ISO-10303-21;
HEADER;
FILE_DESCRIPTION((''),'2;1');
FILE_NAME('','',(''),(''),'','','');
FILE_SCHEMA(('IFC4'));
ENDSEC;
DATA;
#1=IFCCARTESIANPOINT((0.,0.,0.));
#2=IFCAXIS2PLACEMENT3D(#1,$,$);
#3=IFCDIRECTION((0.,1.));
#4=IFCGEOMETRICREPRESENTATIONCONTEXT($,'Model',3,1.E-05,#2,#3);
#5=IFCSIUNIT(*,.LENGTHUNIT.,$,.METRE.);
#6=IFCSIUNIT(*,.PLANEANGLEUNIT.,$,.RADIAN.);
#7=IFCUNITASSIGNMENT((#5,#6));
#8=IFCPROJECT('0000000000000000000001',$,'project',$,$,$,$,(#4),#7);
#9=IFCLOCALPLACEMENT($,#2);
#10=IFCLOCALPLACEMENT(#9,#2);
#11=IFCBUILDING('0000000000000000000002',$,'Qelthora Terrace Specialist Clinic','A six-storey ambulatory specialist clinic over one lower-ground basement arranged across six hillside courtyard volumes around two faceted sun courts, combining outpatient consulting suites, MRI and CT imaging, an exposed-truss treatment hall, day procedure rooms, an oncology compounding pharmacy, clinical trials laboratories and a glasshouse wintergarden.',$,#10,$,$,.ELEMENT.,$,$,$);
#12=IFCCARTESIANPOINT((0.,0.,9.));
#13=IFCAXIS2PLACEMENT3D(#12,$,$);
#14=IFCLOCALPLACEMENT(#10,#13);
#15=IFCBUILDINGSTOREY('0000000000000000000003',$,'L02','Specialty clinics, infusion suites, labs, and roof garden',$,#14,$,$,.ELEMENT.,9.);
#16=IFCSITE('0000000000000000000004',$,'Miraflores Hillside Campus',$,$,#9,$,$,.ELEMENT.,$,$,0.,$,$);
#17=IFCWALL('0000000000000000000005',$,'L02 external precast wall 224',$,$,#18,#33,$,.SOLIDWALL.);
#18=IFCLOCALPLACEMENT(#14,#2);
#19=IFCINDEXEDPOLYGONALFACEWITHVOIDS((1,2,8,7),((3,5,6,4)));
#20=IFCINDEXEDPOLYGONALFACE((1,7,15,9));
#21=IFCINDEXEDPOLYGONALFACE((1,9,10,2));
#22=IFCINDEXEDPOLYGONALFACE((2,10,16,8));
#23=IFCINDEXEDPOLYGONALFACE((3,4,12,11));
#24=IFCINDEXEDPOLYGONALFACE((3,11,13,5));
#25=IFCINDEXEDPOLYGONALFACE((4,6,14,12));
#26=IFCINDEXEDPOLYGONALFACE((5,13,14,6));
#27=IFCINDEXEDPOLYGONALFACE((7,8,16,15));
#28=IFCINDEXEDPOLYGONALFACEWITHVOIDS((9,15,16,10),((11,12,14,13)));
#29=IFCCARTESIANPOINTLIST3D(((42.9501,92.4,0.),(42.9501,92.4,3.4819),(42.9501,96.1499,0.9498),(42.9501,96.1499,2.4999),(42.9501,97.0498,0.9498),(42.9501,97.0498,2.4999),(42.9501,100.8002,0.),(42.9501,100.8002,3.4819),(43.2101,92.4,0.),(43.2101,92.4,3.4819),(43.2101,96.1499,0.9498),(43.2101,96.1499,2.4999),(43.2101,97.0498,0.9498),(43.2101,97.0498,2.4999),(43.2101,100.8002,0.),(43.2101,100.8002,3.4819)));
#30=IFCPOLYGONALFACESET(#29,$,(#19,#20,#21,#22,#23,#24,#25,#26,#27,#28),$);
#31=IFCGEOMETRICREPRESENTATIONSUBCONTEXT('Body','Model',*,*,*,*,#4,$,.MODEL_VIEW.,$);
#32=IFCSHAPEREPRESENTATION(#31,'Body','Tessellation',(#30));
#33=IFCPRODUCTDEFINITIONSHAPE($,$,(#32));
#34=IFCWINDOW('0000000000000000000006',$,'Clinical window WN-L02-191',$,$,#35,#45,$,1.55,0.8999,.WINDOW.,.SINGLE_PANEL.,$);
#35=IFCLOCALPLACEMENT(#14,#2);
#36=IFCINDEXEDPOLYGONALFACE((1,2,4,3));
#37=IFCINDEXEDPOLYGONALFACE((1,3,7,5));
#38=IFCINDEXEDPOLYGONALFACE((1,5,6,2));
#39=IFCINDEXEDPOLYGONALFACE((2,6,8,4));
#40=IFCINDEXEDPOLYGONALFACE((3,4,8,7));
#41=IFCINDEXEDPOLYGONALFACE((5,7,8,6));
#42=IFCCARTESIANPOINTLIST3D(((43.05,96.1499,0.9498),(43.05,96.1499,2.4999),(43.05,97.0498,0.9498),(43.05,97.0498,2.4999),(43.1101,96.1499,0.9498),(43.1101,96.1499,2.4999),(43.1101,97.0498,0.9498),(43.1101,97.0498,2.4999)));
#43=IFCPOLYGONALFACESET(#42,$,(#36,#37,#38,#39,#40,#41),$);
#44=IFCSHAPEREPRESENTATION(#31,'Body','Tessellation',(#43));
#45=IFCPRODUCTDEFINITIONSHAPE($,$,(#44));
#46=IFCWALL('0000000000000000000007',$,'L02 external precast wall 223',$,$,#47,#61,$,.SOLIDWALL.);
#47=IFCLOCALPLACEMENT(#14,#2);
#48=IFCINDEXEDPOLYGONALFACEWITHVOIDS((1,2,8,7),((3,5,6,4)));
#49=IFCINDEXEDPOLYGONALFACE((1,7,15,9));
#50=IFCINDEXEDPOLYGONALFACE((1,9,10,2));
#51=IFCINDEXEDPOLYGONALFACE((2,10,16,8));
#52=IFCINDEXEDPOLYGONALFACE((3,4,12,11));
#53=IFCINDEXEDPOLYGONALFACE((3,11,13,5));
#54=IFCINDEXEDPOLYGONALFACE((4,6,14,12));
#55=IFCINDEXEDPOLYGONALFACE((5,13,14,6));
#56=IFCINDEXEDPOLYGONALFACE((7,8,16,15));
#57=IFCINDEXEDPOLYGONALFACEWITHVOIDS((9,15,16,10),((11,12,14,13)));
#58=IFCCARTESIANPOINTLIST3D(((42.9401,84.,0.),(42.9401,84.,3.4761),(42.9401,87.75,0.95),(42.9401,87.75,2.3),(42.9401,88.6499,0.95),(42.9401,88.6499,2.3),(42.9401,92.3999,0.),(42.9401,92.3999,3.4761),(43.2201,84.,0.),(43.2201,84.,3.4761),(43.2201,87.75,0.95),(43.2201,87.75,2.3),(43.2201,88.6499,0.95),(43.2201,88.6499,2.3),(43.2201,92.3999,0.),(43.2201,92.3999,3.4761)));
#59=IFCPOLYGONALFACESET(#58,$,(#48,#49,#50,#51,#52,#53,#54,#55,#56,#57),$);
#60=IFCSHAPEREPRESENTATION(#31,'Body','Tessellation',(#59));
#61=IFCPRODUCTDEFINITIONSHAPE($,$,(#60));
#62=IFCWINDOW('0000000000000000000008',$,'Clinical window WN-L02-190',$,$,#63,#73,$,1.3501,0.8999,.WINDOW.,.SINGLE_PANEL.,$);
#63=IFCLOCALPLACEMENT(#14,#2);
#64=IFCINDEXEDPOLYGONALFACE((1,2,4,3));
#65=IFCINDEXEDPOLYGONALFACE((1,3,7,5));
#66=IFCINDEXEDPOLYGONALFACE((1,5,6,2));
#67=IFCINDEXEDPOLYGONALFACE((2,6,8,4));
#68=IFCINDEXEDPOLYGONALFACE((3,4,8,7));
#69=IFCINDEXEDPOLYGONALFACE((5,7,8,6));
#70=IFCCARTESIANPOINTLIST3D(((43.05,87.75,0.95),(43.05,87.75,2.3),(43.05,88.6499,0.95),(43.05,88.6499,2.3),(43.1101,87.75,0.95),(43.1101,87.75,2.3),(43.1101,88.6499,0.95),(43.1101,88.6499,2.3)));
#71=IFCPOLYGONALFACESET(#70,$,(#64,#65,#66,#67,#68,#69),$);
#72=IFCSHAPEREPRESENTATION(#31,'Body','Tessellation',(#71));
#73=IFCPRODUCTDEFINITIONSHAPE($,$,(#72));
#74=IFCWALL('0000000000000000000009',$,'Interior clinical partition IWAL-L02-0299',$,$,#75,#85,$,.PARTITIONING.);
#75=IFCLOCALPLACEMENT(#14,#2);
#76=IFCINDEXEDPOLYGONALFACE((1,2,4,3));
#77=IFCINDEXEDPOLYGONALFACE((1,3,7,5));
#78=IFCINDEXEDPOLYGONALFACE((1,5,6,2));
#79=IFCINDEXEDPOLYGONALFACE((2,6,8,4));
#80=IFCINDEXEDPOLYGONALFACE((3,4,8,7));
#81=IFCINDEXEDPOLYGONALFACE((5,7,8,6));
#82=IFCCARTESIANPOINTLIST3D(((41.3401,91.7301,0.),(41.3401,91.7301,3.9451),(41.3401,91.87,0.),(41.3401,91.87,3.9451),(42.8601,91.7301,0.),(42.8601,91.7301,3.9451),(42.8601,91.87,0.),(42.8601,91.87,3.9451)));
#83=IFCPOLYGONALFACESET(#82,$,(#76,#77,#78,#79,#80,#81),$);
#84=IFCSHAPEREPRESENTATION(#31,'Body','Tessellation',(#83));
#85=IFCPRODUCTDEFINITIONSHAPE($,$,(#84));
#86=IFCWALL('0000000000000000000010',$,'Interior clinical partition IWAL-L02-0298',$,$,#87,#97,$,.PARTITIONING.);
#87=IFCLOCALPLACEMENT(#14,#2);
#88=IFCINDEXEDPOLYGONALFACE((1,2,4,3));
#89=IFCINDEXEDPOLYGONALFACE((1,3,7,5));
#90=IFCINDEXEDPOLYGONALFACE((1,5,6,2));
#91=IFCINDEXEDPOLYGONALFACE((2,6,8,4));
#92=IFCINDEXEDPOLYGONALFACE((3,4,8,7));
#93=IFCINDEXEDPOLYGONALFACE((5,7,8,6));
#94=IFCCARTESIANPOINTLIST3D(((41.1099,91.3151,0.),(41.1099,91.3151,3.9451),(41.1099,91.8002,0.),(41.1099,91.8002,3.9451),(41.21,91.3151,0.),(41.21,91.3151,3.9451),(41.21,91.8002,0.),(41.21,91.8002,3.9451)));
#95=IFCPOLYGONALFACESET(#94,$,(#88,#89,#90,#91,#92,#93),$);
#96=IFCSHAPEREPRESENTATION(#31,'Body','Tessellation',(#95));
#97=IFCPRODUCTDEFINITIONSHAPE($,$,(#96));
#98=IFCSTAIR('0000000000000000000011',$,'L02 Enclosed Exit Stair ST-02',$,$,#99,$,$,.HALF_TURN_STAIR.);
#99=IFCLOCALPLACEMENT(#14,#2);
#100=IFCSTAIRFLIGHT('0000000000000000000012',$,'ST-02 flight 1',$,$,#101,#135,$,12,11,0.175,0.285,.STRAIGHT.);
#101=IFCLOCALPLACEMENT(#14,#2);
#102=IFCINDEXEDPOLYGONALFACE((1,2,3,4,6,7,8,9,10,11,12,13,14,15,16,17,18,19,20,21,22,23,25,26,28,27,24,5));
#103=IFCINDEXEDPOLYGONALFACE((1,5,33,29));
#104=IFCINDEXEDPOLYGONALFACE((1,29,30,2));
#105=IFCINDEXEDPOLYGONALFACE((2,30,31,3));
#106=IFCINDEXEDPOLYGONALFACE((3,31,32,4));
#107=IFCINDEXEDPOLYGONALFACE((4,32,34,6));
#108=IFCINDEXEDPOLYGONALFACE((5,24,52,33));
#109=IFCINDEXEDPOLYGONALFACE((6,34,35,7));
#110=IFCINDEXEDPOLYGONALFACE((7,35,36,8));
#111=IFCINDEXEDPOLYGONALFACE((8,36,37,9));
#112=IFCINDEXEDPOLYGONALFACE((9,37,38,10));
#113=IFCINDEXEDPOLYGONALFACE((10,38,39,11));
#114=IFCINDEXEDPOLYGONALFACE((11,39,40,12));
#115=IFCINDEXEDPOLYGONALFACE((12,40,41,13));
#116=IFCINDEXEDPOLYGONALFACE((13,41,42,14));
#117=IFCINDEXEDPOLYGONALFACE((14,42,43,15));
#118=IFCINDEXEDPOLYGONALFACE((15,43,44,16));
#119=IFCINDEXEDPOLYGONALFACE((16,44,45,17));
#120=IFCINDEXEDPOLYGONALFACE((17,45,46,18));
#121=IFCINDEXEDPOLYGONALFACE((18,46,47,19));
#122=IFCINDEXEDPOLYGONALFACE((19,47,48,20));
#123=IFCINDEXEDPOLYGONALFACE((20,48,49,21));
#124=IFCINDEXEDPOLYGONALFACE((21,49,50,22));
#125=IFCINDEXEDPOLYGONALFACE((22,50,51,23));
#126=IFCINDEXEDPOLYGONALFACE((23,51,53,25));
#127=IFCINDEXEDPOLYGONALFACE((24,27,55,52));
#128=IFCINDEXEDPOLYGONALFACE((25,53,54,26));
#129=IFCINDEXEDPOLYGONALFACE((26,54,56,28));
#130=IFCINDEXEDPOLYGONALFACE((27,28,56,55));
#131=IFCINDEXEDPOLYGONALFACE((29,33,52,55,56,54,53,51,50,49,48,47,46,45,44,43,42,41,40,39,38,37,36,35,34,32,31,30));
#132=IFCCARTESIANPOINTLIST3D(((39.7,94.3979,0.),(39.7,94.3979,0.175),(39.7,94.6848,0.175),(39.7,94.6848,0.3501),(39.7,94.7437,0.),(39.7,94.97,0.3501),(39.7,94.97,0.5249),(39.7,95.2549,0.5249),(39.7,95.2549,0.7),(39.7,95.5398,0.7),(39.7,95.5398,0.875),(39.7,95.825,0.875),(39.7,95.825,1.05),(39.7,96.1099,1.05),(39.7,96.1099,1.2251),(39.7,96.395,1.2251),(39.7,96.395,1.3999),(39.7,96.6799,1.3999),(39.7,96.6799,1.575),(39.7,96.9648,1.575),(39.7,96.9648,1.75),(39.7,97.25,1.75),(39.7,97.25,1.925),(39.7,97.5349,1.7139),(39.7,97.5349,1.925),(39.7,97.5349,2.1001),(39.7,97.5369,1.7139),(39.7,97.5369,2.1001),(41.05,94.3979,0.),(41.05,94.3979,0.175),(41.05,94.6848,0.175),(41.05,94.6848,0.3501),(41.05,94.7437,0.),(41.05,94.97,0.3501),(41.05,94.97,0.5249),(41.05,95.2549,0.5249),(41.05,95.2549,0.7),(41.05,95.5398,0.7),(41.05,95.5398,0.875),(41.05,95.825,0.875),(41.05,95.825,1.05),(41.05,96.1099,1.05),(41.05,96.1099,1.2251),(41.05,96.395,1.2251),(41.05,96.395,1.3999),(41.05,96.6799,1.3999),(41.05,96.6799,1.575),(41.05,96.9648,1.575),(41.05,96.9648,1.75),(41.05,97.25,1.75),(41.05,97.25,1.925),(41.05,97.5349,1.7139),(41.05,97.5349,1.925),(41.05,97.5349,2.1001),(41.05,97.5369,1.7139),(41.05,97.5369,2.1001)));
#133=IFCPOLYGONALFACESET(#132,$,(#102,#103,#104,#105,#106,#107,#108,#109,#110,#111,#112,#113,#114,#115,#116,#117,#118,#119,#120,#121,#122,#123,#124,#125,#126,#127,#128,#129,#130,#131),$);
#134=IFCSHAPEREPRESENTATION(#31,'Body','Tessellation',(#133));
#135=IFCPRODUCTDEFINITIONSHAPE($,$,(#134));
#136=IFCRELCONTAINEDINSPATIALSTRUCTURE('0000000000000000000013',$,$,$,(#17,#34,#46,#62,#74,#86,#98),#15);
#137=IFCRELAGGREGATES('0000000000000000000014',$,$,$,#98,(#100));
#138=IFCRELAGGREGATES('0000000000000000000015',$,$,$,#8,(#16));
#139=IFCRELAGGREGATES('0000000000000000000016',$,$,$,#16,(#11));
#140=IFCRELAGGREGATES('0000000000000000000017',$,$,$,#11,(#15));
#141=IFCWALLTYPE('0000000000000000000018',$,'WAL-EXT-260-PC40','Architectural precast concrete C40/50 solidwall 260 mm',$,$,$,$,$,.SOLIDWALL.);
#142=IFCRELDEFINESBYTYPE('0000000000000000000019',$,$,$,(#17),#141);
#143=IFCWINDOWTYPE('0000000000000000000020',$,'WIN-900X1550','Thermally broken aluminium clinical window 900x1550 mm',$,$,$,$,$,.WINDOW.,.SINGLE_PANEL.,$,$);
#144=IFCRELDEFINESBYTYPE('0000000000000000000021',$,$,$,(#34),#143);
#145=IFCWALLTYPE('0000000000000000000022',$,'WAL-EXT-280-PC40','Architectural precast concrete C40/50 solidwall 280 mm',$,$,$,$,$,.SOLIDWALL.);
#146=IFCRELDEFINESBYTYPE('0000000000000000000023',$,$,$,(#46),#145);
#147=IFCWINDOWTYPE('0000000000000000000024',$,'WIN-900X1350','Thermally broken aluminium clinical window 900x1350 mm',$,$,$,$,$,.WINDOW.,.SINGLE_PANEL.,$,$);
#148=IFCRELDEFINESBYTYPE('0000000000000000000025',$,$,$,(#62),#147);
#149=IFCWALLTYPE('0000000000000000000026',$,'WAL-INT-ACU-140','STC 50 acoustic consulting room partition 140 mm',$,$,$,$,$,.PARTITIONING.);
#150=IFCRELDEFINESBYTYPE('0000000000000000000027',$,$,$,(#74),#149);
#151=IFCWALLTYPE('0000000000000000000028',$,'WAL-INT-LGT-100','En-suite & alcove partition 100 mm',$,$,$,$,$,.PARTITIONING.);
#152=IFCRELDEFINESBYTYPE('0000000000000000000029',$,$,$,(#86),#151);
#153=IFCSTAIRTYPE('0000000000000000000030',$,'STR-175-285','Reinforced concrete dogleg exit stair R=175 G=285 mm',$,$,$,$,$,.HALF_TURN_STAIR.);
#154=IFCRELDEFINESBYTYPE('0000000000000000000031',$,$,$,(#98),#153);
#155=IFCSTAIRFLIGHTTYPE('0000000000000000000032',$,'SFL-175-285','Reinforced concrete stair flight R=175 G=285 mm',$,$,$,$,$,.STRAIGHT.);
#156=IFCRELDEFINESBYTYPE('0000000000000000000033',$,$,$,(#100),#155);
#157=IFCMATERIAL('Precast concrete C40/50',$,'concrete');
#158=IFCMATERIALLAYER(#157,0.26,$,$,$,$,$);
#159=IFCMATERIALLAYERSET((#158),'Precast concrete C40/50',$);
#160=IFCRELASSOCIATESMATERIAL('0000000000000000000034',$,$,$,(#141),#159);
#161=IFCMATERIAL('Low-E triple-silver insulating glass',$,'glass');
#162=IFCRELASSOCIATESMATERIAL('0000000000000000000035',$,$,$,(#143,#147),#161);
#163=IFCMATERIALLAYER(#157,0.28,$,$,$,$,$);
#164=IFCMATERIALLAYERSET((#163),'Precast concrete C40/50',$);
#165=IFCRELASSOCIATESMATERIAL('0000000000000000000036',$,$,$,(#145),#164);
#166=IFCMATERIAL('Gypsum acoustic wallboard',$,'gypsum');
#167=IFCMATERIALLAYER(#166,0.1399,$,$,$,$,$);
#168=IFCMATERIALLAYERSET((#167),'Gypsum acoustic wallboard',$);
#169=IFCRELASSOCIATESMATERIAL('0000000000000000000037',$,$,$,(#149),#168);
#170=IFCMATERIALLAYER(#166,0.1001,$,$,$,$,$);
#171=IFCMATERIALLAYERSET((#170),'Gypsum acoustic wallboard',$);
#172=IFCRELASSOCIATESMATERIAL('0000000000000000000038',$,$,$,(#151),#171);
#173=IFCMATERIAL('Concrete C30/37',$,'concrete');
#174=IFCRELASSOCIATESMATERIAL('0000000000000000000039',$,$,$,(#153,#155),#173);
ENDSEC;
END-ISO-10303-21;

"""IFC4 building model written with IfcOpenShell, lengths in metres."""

from ifc_helpers import new_model, si_unit, direction, frame, frame_2d, origin, place, context, subcontext, project, spatial, polyline, rectangle, outline, extrude, material, layer, layer_set, type_object, element, fill, aggregate, save


model = new_model("IFC4")

# Units and contexts
model_context = context("Model", 3, precision=1e-05, world=origin(), true_north=direction((0.0, 1.0)))
body_context = subcontext(model_context, "Body", "Model", "MODEL_VIEW")
ifc_project = project(units=[si_unit("LENGTHUNIT", "METRE"), si_unit("PLANEANGLEUNIT", "RADIAN")], contexts=[model_context])

# Site, building, storey
site_placement = place(None, origin())
site = spatial("IfcSite", under=ifc_project, at=site_placement, Name="Miraflores Hillside Campus", CompositionType="ELEMENT", RefElevation=0.0)
building_placement = place(site_placement, origin())
building = spatial("IfcBuilding", under=site, at=building_placement, Name="Qelthora Terrace Specialist Clinic", Description="A six-storey ambulatory specialist clinic over one lower-ground basement arranged across six hillside courtyard volumes around two faceted sun courts, combining outpatient consulting suites, MRI and CT imaging, an exposed-truss treatment hall, day procedure rooms, an oncology compounding pharmacy, clinical trials laboratories and a glasshouse wintergarden.", CompositionType="ELEMENT")
storey_placement = place(building_placement, frame((0.0, 0.0, 9.0)))
storey = spatial("IfcBuildingStorey", under=building, at=storey_placement, Name="L02", Description="Specialty clinics, infusion suites, labs, and roof garden", CompositionType="ELEMENT", Elevation=9.0)

# Walls, openings, windows
ifc_material_1 = material(Name="Precast concrete C40/50", Category="concrete")
ifc_layer_1 = layer(ifc_material_1, 0.26)
ifc_layer_set_1 = layer_set([ifc_layer_1], Name="Precast concrete C40/50")
wall_type_1 = type_object("IfcWallType", Name="WAL-EXT-260-PC40", Description="Architectural precast concrete C40/50 solidwall 260 mm", PredefinedType="SOLIDWALL", material=ifc_layer_set_1)
wall_1_placement = place(storey_placement, frame((43.0801, 92.3999, 0.0), z_axis=(0.0, 0.0, 1.0), x_axis=(0.0, 1.0, 0.0)))
wall_1 = element("IfcWall", 1, at=wall_1_placement, inside=storey, type_object=wall_type_1, Name="L02 external precast wall 224", PredefinedType="SOLIDWALL", context=body_context, shape_type="SweptSolid", body=[
    extrude(rectangle(XDim=8.4001, YDim=0.26, at=frame_2d((4.2002, 0.0))), origin(), (0.0, 0.0, 1.0), 3.4819),
])
opening_1_placement = place(wall_1_placement, frame((3.75, 0.0, 0.95)))
opening_1 = element("IfcOpeningElement", 2, at=opening_1_placement, cuts=wall_1, PredefinedType="OPENING", context=body_context, shape_type="SweptSolid", body=[
    extrude(rectangle(XDim=0.8999, YDim=1.55, at=frame_2d((0.45, 0.7749))), frame((0.0, 0.1399, 0.0), z_axis=(0.0, -1.0, 0.0), x_axis=(1.0, 0.0, 0.0)), (0.0, 0.0, 1.0), 0.28),
])
ifc_material_2 = material(Name="Low-E triple-silver insulating glass", Category="glass")
window_type_1 = type_object("IfcWindowType", Name="WIN-900X1550", Description="Thermally broken aluminium clinical window 900x1550 mm", PartitioningType="SINGLE_PANEL", PredefinedType="WINDOW", material=ifc_material_2)
window_1_placement = place(opening_1_placement, origin())
window_1 = element("IfcWindow", 3, at=window_1_placement, inside=storey, type_object=window_type_1, Name="Clinical window WN-L02-191", OverallHeight=1.55, OverallWidth=0.8999, PartitioningType="SINGLE_PANEL", PredefinedType="WINDOW", context=body_context, shape_type="SweptSolid", body=[
    extrude(rectangle(XDim=0.8999, YDim=1.55, at=frame_2d((0.45, 0.7749))), frame((0.0, 0.03, 0.0), z_axis=(0.0, -1.0, 0.0), x_axis=(1.0, 0.0, 0.0)), (0.0, 0.0, 1.0), 0.0601),
])
fill(opening_1, window_1)
ifc_layer_2 = layer(ifc_material_1, 0.28)
ifc_layer_set_2 = layer_set([ifc_layer_2], Name="Precast concrete C40/50")
wall_type_2 = type_object("IfcWallType", Name="WAL-EXT-280-PC40", Description="Architectural precast concrete C40/50 solidwall 280 mm", PredefinedType="SOLIDWALL", material=ifc_layer_set_2)
wall_2_placement = place(storey_placement, frame((43.0801, 84.0, 0.0), z_axis=(0.0, 0.0, 1.0), x_axis=(0.0, 1.0, 0.0)))
wall_2 = element("IfcWall", 4, at=wall_2_placement, inside=storey, type_object=wall_type_2, Name="L02 external precast wall 223", PredefinedType="SOLIDWALL", context=body_context, shape_type="SweptSolid", body=[
    extrude(rectangle(XDim=8.3999, YDim=0.28, at=frame_2d((4.2, 0.0))), origin(), (0.0, 0.0, 1.0), 3.4761),
])
opening_2_placement = place(wall_2_placement, frame((3.75, 0.0, 0.95)))
opening_2 = element("IfcOpeningElement", 5, at=opening_2_placement, cuts=wall_2, PredefinedType="OPENING", context=body_context, shape_type="SweptSolid", body=[
    extrude(rectangle(XDim=0.8999, YDim=1.3501, at=frame_2d((0.45, 0.675))), frame((0.0, 0.1499, 0.0), z_axis=(0.0, -1.0, 0.0), x_axis=(1.0, 0.0, 0.0)), (0.0, 0.0, 1.0), 0.3),
])
window_type_2 = type_object("IfcWindowType", Name="WIN-900X1350", Description="Thermally broken aluminium clinical window 900x1350 mm", PartitioningType="SINGLE_PANEL", PredefinedType="WINDOW", material=ifc_material_2)
window_2_placement = place(opening_2_placement, origin())
window_2 = element("IfcWindow", 6, at=window_2_placement, inside=storey, type_object=window_type_2, Name="Clinical window WN-L02-190", OverallHeight=1.3501, OverallWidth=0.8999, PartitioningType="SINGLE_PANEL", PredefinedType="WINDOW", context=body_context, shape_type="SweptSolid", body=[
    extrude(rectangle(XDim=0.8999, YDim=1.3501, at=frame_2d((0.45, 0.675))), frame((0.0, 0.03, 0.0), z_axis=(0.0, -1.0, 0.0), x_axis=(1.0, 0.0, 0.0)), (0.0, 0.0, 1.0), 0.0601),
])
fill(opening_2, window_2)

# Walls
ifc_material_3 = material(Name="Gypsum acoustic wallboard", Category="gypsum")
ifc_layer_3 = layer(ifc_material_3, 0.1399)
ifc_layer_set_3 = layer_set([ifc_layer_3], Name="Gypsum acoustic wallboard")
wall_type_3 = type_object("IfcWallType", Name="WAL-INT-ACU-140", Description="STC 50 acoustic consulting room partition 140 mm", PredefinedType="PARTITIONING", material=ifc_layer_set_3)
wall_3_placement = place(storey_placement, frame((41.3401, 91.8, 0.0), z_axis=(0.0, 0.0, 1.0), x_axis=(1.0, 0.0, 0.0)))
element("IfcWall", 7, at=wall_3_placement, inside=storey, type_object=wall_type_3, Name="Interior clinical partition IWAL-L02-0299", PredefinedType="PARTITIONING", context=body_context, shape_type="SweptSolid", body=[
    extrude(rectangle(XDim=1.52, YDim=0.1399, at=frame_2d((0.76, 0.0))), origin(), (0.0, 0.0, 1.0), 3.9451),
])
ifc_layer_4 = layer(ifc_material_3, 0.1001)
ifc_layer_set_4 = layer_set([ifc_layer_4], Name="Gypsum acoustic wallboard")
wall_type_4 = type_object("IfcWallType", Name="WAL-INT-LGT-100", Description="En-suite & alcove partition 100 mm", PredefinedType="PARTITIONING", material=ifc_layer_set_4)
wall_4_placement = place(storey_placement, frame((41.1599, 91.3149, 0.0), z_axis=(0.0, 0.0, 1.0), x_axis=(0.0, 1.0, 0.0)))
element("IfcWall", 8, at=wall_4_placement, inside=storey, type_object=wall_type_4, Name="Interior clinical partition IWAL-L02-0298", PredefinedType="PARTITIONING", context=body_context, shape_type="SweptSolid", body=[
    extrude(rectangle(XDim=0.4851, YDim=0.1001, at=frame_2d((0.2427, 0.0))), origin(), (0.0, 0.0, 1.0), 3.9451),
])

# Stair, stair flight
ifc_material_4 = material(Name="Concrete C30/37", Category="concrete")
stair_type = type_object("IfcStairType", Name="STR-175-285", Description="Reinforced concrete dogleg exit stair R=175 G=285 mm", PredefinedType="HALF_TURN_STAIR", material=ifc_material_4)
stair_placement = place(storey_placement, origin())
stair = element("IfcStair", 9, at=stair_placement, inside=storey, type_object=stair_type, Name="L02 Enclosed Exit Stair ST-02", PredefinedType="HALF_TURN_STAIR")
stair_flight_type = type_object("IfcStairFlightType", Name="SFL-175-285", Description="Reinforced concrete stair flight R=175 G=285 mm", PredefinedType="STRAIGHT", material=ifc_material_4)
stair_flight_placement = place(storey_placement, frame((40.375, 94.3999, 0.0), z_axis=(0.0, 0.0, 1.0), x_axis=(0.0, 1.0, 0.0)))
stair_flight = element("IfcStairFlight", 10, at=stair_flight_placement, type_object=stair_flight_type, Name="ST-02 flight 1", NumberOfRisers=12, NumberOfTreads=11, PredefinedType="STRAIGHT", RiserHeight=0.175, TreadLength=0.285, context=body_context, shape_type="SweptSolid", body=[
    extrude(outline(polyline([(-0.002, 0.0), (-0.002, 0.175), (0.2849, 0.175), (0.2849, 0.3501), (0.5701, 0.3501), (0.5701, 0.5249), (0.855, 0.5249), (0.855, 0.7), (1.1399, 0.7), (1.1399, 0.875), (1.425, 0.875), (1.425, 1.05), (1.71, 1.05), (1.71, 1.2251), (1.9951, 1.2251), (1.9951, 1.3999), (2.28, 1.3999), (2.28, 1.575), (2.5649, 1.575), (2.5649, 1.75), (2.8501, 1.75), (2.8501, 1.925), (3.135, 1.925), (3.135, 2.1001), (3.137, 2.1001), (3.137, 1.7139), (3.135, 1.7139), (0.3438, 0.0), (-0.002, 0.0)])), frame((0.0, 0.675, 0.0), z_axis=(0.0, -1.0, 0.0), x_axis=(1.0, 0.0, 0.0)), (0.0, 0.0, 1.0), 1.3501),
])
aggregate(stair, [stair_flight])

save(model, "model.ifc")
